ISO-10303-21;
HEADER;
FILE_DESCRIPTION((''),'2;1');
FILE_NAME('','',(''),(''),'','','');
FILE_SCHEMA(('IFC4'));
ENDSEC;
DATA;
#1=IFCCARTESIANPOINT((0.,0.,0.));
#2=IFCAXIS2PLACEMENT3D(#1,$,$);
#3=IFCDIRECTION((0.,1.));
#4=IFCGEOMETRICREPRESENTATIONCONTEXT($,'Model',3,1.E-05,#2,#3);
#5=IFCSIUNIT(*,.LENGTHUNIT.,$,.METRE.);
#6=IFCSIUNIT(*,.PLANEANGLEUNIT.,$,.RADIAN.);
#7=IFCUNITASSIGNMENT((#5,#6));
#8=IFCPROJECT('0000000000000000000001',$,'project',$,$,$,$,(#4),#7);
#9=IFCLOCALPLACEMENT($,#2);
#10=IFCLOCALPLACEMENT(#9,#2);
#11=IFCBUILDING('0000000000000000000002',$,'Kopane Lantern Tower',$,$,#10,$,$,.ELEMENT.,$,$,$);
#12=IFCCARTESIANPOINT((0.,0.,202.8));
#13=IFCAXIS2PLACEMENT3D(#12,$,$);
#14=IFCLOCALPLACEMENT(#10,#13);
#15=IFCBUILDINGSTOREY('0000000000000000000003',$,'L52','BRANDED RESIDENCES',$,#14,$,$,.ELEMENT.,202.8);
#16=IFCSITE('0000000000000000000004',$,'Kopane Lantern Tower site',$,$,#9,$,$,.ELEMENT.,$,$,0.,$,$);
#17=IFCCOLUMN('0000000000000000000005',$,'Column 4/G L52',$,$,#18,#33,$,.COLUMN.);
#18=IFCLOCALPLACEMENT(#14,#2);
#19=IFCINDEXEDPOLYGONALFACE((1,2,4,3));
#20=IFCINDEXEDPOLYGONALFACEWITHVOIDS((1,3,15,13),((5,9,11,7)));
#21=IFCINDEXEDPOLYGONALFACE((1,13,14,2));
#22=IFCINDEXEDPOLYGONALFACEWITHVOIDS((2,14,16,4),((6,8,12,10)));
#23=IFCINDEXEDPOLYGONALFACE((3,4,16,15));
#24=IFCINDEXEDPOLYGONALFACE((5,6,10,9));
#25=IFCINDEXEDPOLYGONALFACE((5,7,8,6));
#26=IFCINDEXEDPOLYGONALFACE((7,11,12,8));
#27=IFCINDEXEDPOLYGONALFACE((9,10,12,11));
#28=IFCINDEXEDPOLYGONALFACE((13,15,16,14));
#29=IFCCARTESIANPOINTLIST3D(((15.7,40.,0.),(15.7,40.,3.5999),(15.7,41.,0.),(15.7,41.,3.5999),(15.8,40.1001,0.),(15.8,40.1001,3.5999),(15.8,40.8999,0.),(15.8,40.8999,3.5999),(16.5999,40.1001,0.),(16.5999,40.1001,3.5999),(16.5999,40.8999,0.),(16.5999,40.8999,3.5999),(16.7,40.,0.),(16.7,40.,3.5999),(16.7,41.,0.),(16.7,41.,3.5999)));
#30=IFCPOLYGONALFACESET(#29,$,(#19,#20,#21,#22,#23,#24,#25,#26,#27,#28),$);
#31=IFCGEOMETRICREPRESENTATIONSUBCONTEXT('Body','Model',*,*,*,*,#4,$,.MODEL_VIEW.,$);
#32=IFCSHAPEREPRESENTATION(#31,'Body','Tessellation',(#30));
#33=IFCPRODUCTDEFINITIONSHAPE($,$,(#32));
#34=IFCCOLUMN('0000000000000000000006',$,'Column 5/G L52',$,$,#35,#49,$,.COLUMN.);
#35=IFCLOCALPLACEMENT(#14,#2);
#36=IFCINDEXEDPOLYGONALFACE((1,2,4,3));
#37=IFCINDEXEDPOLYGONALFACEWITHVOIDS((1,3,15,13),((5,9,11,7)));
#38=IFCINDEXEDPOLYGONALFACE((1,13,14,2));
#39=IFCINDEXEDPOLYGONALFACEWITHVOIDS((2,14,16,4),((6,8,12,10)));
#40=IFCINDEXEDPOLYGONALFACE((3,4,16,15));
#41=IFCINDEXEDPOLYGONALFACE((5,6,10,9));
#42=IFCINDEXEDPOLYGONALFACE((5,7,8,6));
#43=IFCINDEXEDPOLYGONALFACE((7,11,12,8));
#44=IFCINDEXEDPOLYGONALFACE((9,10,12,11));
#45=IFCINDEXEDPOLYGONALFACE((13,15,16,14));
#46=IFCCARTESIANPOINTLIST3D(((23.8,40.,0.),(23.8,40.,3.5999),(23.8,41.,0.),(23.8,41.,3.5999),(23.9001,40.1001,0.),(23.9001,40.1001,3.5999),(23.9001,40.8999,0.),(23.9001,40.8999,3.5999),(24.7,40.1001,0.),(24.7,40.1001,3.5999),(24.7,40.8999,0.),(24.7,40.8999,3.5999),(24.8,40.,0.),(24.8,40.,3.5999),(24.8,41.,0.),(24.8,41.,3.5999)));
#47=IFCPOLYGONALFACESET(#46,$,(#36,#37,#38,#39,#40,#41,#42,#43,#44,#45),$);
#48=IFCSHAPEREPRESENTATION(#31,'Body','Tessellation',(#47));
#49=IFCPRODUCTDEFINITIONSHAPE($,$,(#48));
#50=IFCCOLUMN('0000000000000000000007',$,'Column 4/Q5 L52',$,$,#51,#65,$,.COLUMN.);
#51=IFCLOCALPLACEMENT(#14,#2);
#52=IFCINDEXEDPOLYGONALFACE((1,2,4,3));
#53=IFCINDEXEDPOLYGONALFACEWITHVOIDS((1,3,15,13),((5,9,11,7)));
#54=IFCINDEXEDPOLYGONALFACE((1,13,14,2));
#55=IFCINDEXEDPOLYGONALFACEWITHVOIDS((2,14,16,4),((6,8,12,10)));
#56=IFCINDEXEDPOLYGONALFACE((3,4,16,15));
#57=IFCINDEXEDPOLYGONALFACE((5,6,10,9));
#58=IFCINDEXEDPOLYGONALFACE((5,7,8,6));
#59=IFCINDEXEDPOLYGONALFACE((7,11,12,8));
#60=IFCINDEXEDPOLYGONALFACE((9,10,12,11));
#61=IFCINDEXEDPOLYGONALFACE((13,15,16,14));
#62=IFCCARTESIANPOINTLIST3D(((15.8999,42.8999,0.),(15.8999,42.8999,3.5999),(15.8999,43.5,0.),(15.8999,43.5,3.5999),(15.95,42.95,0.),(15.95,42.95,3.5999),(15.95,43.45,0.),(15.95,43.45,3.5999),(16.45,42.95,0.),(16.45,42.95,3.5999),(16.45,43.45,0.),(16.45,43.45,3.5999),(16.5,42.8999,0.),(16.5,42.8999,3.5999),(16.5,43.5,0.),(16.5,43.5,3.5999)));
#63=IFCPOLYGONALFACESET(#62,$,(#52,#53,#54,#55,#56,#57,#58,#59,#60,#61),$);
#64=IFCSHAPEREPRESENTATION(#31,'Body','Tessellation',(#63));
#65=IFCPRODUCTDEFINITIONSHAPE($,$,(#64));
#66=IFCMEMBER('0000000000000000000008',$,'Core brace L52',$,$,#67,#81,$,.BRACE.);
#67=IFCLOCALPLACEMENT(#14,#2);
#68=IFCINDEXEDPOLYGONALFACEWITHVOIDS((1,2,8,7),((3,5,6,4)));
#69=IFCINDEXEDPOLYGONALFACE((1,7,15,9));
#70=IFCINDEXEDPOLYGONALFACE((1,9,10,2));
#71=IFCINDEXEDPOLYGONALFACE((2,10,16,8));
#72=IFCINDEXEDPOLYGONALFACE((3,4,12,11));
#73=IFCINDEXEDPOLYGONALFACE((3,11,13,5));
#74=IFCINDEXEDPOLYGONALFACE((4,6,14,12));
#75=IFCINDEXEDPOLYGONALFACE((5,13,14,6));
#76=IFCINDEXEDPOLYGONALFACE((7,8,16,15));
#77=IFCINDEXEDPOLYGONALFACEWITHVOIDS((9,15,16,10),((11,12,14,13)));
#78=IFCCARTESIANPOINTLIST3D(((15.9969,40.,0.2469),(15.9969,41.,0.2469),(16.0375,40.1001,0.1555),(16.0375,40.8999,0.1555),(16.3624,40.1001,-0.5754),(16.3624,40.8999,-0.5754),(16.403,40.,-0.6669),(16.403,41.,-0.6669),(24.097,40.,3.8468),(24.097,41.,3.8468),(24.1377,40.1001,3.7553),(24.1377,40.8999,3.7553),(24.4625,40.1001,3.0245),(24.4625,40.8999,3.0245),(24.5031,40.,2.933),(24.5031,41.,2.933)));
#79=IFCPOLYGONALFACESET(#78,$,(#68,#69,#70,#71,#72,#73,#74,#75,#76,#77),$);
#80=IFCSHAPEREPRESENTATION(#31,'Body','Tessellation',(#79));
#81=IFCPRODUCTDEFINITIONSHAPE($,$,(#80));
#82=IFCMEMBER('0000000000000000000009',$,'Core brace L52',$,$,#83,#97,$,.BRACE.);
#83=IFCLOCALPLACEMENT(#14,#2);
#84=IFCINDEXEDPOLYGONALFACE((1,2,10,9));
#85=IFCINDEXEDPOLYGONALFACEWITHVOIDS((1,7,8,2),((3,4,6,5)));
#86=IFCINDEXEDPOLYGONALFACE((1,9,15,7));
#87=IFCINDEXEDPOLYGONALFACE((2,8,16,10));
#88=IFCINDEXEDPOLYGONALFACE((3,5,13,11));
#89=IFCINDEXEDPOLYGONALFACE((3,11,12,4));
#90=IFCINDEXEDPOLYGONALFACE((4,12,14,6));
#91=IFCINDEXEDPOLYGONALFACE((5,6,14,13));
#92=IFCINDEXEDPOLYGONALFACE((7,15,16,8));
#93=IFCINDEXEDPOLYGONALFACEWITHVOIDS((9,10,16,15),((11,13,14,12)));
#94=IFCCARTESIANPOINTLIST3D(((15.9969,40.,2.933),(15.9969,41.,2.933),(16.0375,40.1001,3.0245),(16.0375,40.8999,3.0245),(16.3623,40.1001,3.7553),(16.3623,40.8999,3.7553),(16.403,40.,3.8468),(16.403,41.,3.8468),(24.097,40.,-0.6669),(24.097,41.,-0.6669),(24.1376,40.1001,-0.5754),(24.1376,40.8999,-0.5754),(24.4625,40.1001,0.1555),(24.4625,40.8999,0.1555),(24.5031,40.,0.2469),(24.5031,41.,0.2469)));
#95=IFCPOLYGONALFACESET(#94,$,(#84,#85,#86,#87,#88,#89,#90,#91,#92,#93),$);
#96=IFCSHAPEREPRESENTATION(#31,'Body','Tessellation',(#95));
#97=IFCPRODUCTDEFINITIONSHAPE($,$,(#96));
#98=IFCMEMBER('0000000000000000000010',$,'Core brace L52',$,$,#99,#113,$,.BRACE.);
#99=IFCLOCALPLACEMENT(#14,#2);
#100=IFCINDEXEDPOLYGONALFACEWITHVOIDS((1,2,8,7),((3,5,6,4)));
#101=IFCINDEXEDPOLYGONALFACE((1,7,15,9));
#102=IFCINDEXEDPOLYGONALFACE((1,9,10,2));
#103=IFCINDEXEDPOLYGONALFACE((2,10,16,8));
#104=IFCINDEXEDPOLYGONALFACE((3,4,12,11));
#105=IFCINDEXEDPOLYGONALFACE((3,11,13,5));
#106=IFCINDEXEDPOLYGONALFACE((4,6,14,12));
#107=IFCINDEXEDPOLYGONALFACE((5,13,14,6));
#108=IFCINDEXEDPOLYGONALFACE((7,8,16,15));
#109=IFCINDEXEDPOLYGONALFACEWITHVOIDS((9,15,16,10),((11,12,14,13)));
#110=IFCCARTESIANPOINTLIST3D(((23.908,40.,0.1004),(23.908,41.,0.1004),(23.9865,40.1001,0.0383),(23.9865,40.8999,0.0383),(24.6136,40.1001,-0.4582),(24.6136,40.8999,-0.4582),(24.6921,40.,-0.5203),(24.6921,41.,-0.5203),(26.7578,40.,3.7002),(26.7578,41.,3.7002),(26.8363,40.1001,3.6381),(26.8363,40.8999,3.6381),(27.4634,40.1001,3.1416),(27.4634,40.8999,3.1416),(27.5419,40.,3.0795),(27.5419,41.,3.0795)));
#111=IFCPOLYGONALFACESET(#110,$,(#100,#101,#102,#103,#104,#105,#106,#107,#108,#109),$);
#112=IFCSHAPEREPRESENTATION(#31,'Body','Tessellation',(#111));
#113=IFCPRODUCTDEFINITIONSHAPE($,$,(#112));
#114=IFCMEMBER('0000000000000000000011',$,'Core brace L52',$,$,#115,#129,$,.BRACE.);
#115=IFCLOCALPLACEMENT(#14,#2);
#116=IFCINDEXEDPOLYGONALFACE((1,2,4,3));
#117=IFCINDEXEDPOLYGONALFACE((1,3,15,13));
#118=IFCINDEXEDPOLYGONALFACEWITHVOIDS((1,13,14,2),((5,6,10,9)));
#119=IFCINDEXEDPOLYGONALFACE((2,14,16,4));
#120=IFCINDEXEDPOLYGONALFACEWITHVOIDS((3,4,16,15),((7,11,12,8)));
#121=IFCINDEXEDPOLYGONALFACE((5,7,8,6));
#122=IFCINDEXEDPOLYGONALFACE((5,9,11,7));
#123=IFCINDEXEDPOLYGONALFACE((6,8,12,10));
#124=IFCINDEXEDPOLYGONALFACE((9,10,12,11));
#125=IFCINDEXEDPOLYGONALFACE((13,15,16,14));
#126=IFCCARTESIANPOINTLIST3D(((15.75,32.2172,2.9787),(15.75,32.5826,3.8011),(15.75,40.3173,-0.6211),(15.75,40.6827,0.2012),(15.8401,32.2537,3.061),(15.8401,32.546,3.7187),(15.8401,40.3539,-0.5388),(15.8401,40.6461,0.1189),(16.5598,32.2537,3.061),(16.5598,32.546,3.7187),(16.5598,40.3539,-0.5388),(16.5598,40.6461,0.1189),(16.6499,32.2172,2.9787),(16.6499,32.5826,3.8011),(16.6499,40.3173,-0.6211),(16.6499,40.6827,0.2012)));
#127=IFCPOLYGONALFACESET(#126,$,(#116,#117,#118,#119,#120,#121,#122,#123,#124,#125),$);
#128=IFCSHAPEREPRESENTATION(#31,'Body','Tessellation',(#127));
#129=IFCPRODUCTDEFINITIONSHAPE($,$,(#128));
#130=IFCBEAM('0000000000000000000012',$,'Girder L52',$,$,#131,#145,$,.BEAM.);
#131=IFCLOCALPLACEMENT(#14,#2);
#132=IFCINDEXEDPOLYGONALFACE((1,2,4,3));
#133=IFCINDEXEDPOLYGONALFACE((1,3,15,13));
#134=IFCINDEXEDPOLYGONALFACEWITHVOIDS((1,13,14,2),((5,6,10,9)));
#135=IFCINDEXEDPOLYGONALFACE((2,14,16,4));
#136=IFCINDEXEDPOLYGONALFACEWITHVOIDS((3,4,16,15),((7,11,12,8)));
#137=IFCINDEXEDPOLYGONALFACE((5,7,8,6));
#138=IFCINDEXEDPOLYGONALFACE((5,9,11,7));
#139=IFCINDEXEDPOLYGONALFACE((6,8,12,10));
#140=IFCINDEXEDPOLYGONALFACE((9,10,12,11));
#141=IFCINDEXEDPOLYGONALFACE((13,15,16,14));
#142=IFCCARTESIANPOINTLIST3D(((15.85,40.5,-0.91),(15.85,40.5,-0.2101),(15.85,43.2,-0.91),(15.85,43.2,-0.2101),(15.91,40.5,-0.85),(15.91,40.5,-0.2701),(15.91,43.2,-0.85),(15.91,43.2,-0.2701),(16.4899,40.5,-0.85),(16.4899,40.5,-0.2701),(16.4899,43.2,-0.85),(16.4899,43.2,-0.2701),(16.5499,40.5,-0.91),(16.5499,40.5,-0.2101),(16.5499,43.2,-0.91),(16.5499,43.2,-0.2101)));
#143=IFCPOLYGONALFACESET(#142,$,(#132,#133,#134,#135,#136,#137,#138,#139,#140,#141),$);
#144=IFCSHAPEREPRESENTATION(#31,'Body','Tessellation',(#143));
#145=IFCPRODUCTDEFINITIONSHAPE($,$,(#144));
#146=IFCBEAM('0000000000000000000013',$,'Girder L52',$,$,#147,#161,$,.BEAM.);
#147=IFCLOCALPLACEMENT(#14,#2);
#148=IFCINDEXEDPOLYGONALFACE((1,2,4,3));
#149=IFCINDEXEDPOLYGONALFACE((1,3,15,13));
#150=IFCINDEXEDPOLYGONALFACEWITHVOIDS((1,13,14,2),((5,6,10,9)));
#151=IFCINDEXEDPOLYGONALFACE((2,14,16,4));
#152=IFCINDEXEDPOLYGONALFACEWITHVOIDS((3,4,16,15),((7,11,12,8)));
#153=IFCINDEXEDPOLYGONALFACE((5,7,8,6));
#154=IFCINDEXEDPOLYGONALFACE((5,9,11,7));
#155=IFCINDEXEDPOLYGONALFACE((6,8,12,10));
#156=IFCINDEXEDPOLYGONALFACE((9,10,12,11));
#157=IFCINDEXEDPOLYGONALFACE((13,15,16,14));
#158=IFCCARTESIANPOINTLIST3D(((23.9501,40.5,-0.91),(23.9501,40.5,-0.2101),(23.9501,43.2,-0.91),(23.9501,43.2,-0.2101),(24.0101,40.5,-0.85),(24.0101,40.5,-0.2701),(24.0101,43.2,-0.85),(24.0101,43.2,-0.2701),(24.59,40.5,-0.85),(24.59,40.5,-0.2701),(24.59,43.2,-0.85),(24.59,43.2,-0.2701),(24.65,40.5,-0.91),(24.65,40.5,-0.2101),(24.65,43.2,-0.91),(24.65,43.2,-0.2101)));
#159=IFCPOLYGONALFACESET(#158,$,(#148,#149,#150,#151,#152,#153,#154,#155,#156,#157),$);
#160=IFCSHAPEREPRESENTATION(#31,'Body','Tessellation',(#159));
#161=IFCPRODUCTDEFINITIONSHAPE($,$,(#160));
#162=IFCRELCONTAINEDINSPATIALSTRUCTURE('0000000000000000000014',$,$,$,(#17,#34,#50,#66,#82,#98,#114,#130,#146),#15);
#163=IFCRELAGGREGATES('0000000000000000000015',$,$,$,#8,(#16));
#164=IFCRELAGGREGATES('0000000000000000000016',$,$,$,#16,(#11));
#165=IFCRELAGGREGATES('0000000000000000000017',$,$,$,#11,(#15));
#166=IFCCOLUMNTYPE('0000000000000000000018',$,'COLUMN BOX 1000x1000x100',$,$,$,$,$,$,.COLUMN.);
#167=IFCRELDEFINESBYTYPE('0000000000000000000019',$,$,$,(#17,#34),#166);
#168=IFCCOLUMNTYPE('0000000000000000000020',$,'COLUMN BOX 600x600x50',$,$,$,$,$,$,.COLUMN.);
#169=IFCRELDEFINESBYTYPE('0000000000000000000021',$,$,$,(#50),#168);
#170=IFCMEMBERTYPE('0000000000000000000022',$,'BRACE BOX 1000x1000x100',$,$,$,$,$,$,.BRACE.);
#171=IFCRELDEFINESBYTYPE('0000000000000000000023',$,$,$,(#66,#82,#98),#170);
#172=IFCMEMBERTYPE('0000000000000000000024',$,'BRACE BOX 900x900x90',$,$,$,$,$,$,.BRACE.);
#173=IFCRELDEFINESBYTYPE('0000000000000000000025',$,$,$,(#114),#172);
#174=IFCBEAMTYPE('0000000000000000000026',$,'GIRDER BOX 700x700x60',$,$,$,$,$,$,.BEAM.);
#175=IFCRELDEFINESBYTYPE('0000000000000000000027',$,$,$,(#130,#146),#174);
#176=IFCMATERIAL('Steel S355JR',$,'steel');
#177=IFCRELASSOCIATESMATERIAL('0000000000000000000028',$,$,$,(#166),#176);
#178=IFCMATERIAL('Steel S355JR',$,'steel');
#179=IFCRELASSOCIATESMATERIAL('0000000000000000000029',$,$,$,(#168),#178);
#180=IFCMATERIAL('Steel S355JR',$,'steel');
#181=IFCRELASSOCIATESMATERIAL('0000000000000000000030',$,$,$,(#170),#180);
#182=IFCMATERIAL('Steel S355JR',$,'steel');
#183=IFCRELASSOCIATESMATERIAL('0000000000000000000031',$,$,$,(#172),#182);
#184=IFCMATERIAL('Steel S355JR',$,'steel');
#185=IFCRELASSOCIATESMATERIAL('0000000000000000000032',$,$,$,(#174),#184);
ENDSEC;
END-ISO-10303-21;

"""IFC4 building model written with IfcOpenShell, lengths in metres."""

from ifc_helpers import new_model, si_unit, direction, frame, origin, origin_2d, place, context, subcontext, project, spatial, hollow_rectangle, extrude, material, material_profile, profile_set, type_object, element, save


model = new_model("IFC4")

# Units and contexts
model_context = context("Model", 3, precision=1e-05, world=origin(), true_north=direction((0.0, 1.0)))
body_context = subcontext(model_context, "Body", "Model", "MODEL_VIEW")
ifc_project = project(units=[si_unit("LENGTHUNIT", "METRE"), si_unit("PLANEANGLEUNIT", "RADIAN")], contexts=[model_context])

# Site, building, storey
site_placement = place(None, origin())
site = spatial("IfcSite", under=ifc_project, at=site_placement, Name="Kopane Lantern Tower site", CompositionType="ELEMENT", RefElevation=0.0)
building_placement = place(site_placement, origin())
building = spatial("IfcBuilding", under=site, at=building_placement, Name="Kopane Lantern Tower", CompositionType="ELEMENT")
storey_placement = place(building_placement, frame((0.0, 0.0, 202.8)))
storey = spatial("IfcBuildingStorey", under=building, at=storey_placement, Name="L52", Description="BRANDED RESIDENCES", CompositionType="ELEMENT", Elevation=202.8)

# Columns
ifc_material_1 = material(Name="Steel S355JR", Category="steel")
ifc_material_profile_1 = material_profile(ifc_material_1, hollow_rectangle(XDim=1.0, YDim=1.0, WallThickness=0.1001, at=origin_2d()), Name="BOX 1000x1000x100")
ifc_profile_set_1 = profile_set([ifc_material_profile_1], Name="Steel S355JR")
column_type_1 = type_object("IfcColumnType", Name="COLUMN BOX 1000x1000x100", PredefinedType="COLUMN", material=ifc_profile_set_1)
for number, where, z_axis, x_axis, name in (
    (1, (16.2, 40.5, 0.0), (0.0, 0.0, 1.0), (1.0, 0.0, 0.0), "Column 4/G L52"),
    (2, (24.3, 40.5, 0.0), (0.0, 0.0, 1.0), (1.0, 0.0, 0.0), "Column 5/G L52"),
):
    element("IfcColumn", number, at=place(storey_placement, frame(where, z_axis=z_axis, x_axis=x_axis)), inside=storey, type_object=column_type_1, Name=name, PredefinedType="COLUMN", context=body_context, shape_type="SweptSolid", body=[
        extrude(hollow_rectangle(XDim=1.0, YDim=1.0, WallThickness=0.1001, at=origin_2d()), origin(), (0.0, 0.0, 1.0), 3.5999),
    ])
ifc_material_2 = material(Name="Steel S355JR", Category="steel")
ifc_material_profile_2 = material_profile(ifc_material_2, hollow_rectangle(XDim=0.6001, YDim=0.6001, WallThickness=0.05, at=origin_2d()), Name="BOX 600x600x50")
ifc_profile_set_2 = profile_set([ifc_material_profile_2], Name="Steel S355JR")
column_type_2 = type_object("IfcColumnType", Name="COLUMN BOX 600x600x50", PredefinedType="COLUMN", material=ifc_profile_set_2)
column_placement = place(storey_placement, frame((16.2, 43.2, 0.0), z_axis=(0.0, 0.0, 1.0), x_axis=(1.0, 0.0, 0.0)))
element("IfcColumn", 3, at=column_placement, inside=storey, type_object=column_type_2, Name="Column 4/Q5 L52", PredefinedType="COLUMN", context=body_context, shape_type="SweptSolid", body=[
    extrude(hollow_rectangle(XDim=0.6001, YDim=0.6001, WallThickness=0.05, at=origin_2d()), origin(), (0.0, 0.0, 1.0), 3.5999),
])

# Members
ifc_material_3 = material(Name="Steel S355JR", Category="steel")
ifc_material_profile_3 = material_profile(ifc_material_3, hollow_rectangle(XDim=1.0, YDim=1.0, WallThickness=0.1001, at=origin_2d()), Name="BOX 1000x1000x100")
ifc_profile_set_3 = profile_set([ifc_material_profile_3], Name="Steel S355JR")
member_type_1 = type_object("IfcMemberType", Name="BRACE BOX 1000x1000x100", PredefinedType="BRACE", material=ifc_profile_set_3)
for number, where, z_axis, x_axis, name in (
    (4, (16.2, 40.5, -0.21), (0.913819, 0.0, 0.406121), (0.0, 1.0, 0.0), "Core brace L52"),
    (5, (24.3, 40.5, -0.21), (-0.913819, 0.0, 0.406121), (0.0, -1.0, 0.0), "Core brace L52"),
):
    element("IfcMember", number, at=place(storey_placement, frame(where, z_axis=z_axis, x_axis=x_axis)), inside=storey, type_object=member_type_1, Name=name, PredefinedType="BRACE", context=body_context, shape_type="SweptSolid", body=[
        extrude(hollow_rectangle(XDim=1.0, YDim=1.0, WallThickness=0.1001, at=origin_2d()), origin(), (0.0, 0.0, 1.0), 8.864),
    ])
member_1_placement = place(storey_placement, frame((24.3, 40.5, -0.21), z_axis=(0.620699, 0.0, 0.784049), x_axis=(0.0, 1.0, 0.0)))
element("IfcMember", 6, at=member_1_placement, inside=storey, type_object=member_type_1, Name="Core brace L52", PredefinedType="BRACE", context=body_context, shape_type="SweptSolid", body=[
    extrude(hollow_rectangle(XDim=1.0, YDim=1.0, WallThickness=0.1001, at=origin_2d()), origin(), (0.0, 0.0, 1.0), 4.5913),
])
ifc_material_4 = material(Name="Steel S355JR", Category="steel")
ifc_material_profile_4 = material_profile(ifc_material_4, hollow_rectangle(XDim=0.8999, YDim=0.8999, WallThickness=0.0901, at=origin_2d()), Name="BOX 900x900x90")
ifc_profile_set_4 = profile_set([ifc_material_profile_4], Name="Steel S355JR")
member_type_2 = type_object("IfcMemberType", Name="BRACE BOX 900x900x90", PredefinedType="BRACE", material=ifc_profile_set_4)
member_2_placement = place(storey_placement, frame((16.2, 40.5, -0.21), z_axis=(0.0, -0.913819, 0.406121), x_axis=(1.0, 0.0, 0.0)))
element("IfcMember", 7, at=member_2_placement, inside=storey, type_object=member_type_2, Name="Core brace L52", PredefinedType="BRACE", context=body_context, shape_type="SweptSolid", body=[
    extrude(hollow_rectangle(XDim=0.8999, YDim=0.8999, WallThickness=0.0901, at=origin_2d()), origin(), (0.0, 0.0, 1.0), 8.864),
])

# Beams
ifc_material_5 = material(Name="Steel S355JR", Category="steel")
ifc_material_profile_5 = material_profile(ifc_material_5, hollow_rectangle(XDim=0.7, YDim=0.7, WallThickness=0.0601, at=origin_2d()), Name="BOX 700x700x60")
ifc_profile_set_5 = profile_set([ifc_material_profile_5], Name="Steel S355JR")
beam_type_1 = type_object("IfcBeamType", Name="GIRDER BOX 700x700x60", PredefinedType="BEAM", material=ifc_profile_set_5)
for number, where, z_axis, x_axis, name in (
    (8, (16.2, 40.5, -0.5601), (0.0, 1.0, 0.0), (-1.0, 0.0, 0.0), "Girder L52"),
    (9, (24.3, 40.5, -0.5601), (0.0, 1.0, 0.0), (-1.0, 0.0, 0.0), "Girder L52"),
):
    element("IfcBeam", number, at=place(storey_placement, frame(where, z_axis=z_axis, x_axis=x_axis)), inside=storey, type_object=beam_type_1, Name=name, PredefinedType="BEAM", context=body_context, shape_type="SweptSolid", body=[
        extrude(hollow_rectangle(XDim=0.7, YDim=0.7, WallThickness=0.0601, at=origin_2d()), origin(), (0.0, 0.0, 1.0), 2.7),
    ])

save(model, "model.ifc")
